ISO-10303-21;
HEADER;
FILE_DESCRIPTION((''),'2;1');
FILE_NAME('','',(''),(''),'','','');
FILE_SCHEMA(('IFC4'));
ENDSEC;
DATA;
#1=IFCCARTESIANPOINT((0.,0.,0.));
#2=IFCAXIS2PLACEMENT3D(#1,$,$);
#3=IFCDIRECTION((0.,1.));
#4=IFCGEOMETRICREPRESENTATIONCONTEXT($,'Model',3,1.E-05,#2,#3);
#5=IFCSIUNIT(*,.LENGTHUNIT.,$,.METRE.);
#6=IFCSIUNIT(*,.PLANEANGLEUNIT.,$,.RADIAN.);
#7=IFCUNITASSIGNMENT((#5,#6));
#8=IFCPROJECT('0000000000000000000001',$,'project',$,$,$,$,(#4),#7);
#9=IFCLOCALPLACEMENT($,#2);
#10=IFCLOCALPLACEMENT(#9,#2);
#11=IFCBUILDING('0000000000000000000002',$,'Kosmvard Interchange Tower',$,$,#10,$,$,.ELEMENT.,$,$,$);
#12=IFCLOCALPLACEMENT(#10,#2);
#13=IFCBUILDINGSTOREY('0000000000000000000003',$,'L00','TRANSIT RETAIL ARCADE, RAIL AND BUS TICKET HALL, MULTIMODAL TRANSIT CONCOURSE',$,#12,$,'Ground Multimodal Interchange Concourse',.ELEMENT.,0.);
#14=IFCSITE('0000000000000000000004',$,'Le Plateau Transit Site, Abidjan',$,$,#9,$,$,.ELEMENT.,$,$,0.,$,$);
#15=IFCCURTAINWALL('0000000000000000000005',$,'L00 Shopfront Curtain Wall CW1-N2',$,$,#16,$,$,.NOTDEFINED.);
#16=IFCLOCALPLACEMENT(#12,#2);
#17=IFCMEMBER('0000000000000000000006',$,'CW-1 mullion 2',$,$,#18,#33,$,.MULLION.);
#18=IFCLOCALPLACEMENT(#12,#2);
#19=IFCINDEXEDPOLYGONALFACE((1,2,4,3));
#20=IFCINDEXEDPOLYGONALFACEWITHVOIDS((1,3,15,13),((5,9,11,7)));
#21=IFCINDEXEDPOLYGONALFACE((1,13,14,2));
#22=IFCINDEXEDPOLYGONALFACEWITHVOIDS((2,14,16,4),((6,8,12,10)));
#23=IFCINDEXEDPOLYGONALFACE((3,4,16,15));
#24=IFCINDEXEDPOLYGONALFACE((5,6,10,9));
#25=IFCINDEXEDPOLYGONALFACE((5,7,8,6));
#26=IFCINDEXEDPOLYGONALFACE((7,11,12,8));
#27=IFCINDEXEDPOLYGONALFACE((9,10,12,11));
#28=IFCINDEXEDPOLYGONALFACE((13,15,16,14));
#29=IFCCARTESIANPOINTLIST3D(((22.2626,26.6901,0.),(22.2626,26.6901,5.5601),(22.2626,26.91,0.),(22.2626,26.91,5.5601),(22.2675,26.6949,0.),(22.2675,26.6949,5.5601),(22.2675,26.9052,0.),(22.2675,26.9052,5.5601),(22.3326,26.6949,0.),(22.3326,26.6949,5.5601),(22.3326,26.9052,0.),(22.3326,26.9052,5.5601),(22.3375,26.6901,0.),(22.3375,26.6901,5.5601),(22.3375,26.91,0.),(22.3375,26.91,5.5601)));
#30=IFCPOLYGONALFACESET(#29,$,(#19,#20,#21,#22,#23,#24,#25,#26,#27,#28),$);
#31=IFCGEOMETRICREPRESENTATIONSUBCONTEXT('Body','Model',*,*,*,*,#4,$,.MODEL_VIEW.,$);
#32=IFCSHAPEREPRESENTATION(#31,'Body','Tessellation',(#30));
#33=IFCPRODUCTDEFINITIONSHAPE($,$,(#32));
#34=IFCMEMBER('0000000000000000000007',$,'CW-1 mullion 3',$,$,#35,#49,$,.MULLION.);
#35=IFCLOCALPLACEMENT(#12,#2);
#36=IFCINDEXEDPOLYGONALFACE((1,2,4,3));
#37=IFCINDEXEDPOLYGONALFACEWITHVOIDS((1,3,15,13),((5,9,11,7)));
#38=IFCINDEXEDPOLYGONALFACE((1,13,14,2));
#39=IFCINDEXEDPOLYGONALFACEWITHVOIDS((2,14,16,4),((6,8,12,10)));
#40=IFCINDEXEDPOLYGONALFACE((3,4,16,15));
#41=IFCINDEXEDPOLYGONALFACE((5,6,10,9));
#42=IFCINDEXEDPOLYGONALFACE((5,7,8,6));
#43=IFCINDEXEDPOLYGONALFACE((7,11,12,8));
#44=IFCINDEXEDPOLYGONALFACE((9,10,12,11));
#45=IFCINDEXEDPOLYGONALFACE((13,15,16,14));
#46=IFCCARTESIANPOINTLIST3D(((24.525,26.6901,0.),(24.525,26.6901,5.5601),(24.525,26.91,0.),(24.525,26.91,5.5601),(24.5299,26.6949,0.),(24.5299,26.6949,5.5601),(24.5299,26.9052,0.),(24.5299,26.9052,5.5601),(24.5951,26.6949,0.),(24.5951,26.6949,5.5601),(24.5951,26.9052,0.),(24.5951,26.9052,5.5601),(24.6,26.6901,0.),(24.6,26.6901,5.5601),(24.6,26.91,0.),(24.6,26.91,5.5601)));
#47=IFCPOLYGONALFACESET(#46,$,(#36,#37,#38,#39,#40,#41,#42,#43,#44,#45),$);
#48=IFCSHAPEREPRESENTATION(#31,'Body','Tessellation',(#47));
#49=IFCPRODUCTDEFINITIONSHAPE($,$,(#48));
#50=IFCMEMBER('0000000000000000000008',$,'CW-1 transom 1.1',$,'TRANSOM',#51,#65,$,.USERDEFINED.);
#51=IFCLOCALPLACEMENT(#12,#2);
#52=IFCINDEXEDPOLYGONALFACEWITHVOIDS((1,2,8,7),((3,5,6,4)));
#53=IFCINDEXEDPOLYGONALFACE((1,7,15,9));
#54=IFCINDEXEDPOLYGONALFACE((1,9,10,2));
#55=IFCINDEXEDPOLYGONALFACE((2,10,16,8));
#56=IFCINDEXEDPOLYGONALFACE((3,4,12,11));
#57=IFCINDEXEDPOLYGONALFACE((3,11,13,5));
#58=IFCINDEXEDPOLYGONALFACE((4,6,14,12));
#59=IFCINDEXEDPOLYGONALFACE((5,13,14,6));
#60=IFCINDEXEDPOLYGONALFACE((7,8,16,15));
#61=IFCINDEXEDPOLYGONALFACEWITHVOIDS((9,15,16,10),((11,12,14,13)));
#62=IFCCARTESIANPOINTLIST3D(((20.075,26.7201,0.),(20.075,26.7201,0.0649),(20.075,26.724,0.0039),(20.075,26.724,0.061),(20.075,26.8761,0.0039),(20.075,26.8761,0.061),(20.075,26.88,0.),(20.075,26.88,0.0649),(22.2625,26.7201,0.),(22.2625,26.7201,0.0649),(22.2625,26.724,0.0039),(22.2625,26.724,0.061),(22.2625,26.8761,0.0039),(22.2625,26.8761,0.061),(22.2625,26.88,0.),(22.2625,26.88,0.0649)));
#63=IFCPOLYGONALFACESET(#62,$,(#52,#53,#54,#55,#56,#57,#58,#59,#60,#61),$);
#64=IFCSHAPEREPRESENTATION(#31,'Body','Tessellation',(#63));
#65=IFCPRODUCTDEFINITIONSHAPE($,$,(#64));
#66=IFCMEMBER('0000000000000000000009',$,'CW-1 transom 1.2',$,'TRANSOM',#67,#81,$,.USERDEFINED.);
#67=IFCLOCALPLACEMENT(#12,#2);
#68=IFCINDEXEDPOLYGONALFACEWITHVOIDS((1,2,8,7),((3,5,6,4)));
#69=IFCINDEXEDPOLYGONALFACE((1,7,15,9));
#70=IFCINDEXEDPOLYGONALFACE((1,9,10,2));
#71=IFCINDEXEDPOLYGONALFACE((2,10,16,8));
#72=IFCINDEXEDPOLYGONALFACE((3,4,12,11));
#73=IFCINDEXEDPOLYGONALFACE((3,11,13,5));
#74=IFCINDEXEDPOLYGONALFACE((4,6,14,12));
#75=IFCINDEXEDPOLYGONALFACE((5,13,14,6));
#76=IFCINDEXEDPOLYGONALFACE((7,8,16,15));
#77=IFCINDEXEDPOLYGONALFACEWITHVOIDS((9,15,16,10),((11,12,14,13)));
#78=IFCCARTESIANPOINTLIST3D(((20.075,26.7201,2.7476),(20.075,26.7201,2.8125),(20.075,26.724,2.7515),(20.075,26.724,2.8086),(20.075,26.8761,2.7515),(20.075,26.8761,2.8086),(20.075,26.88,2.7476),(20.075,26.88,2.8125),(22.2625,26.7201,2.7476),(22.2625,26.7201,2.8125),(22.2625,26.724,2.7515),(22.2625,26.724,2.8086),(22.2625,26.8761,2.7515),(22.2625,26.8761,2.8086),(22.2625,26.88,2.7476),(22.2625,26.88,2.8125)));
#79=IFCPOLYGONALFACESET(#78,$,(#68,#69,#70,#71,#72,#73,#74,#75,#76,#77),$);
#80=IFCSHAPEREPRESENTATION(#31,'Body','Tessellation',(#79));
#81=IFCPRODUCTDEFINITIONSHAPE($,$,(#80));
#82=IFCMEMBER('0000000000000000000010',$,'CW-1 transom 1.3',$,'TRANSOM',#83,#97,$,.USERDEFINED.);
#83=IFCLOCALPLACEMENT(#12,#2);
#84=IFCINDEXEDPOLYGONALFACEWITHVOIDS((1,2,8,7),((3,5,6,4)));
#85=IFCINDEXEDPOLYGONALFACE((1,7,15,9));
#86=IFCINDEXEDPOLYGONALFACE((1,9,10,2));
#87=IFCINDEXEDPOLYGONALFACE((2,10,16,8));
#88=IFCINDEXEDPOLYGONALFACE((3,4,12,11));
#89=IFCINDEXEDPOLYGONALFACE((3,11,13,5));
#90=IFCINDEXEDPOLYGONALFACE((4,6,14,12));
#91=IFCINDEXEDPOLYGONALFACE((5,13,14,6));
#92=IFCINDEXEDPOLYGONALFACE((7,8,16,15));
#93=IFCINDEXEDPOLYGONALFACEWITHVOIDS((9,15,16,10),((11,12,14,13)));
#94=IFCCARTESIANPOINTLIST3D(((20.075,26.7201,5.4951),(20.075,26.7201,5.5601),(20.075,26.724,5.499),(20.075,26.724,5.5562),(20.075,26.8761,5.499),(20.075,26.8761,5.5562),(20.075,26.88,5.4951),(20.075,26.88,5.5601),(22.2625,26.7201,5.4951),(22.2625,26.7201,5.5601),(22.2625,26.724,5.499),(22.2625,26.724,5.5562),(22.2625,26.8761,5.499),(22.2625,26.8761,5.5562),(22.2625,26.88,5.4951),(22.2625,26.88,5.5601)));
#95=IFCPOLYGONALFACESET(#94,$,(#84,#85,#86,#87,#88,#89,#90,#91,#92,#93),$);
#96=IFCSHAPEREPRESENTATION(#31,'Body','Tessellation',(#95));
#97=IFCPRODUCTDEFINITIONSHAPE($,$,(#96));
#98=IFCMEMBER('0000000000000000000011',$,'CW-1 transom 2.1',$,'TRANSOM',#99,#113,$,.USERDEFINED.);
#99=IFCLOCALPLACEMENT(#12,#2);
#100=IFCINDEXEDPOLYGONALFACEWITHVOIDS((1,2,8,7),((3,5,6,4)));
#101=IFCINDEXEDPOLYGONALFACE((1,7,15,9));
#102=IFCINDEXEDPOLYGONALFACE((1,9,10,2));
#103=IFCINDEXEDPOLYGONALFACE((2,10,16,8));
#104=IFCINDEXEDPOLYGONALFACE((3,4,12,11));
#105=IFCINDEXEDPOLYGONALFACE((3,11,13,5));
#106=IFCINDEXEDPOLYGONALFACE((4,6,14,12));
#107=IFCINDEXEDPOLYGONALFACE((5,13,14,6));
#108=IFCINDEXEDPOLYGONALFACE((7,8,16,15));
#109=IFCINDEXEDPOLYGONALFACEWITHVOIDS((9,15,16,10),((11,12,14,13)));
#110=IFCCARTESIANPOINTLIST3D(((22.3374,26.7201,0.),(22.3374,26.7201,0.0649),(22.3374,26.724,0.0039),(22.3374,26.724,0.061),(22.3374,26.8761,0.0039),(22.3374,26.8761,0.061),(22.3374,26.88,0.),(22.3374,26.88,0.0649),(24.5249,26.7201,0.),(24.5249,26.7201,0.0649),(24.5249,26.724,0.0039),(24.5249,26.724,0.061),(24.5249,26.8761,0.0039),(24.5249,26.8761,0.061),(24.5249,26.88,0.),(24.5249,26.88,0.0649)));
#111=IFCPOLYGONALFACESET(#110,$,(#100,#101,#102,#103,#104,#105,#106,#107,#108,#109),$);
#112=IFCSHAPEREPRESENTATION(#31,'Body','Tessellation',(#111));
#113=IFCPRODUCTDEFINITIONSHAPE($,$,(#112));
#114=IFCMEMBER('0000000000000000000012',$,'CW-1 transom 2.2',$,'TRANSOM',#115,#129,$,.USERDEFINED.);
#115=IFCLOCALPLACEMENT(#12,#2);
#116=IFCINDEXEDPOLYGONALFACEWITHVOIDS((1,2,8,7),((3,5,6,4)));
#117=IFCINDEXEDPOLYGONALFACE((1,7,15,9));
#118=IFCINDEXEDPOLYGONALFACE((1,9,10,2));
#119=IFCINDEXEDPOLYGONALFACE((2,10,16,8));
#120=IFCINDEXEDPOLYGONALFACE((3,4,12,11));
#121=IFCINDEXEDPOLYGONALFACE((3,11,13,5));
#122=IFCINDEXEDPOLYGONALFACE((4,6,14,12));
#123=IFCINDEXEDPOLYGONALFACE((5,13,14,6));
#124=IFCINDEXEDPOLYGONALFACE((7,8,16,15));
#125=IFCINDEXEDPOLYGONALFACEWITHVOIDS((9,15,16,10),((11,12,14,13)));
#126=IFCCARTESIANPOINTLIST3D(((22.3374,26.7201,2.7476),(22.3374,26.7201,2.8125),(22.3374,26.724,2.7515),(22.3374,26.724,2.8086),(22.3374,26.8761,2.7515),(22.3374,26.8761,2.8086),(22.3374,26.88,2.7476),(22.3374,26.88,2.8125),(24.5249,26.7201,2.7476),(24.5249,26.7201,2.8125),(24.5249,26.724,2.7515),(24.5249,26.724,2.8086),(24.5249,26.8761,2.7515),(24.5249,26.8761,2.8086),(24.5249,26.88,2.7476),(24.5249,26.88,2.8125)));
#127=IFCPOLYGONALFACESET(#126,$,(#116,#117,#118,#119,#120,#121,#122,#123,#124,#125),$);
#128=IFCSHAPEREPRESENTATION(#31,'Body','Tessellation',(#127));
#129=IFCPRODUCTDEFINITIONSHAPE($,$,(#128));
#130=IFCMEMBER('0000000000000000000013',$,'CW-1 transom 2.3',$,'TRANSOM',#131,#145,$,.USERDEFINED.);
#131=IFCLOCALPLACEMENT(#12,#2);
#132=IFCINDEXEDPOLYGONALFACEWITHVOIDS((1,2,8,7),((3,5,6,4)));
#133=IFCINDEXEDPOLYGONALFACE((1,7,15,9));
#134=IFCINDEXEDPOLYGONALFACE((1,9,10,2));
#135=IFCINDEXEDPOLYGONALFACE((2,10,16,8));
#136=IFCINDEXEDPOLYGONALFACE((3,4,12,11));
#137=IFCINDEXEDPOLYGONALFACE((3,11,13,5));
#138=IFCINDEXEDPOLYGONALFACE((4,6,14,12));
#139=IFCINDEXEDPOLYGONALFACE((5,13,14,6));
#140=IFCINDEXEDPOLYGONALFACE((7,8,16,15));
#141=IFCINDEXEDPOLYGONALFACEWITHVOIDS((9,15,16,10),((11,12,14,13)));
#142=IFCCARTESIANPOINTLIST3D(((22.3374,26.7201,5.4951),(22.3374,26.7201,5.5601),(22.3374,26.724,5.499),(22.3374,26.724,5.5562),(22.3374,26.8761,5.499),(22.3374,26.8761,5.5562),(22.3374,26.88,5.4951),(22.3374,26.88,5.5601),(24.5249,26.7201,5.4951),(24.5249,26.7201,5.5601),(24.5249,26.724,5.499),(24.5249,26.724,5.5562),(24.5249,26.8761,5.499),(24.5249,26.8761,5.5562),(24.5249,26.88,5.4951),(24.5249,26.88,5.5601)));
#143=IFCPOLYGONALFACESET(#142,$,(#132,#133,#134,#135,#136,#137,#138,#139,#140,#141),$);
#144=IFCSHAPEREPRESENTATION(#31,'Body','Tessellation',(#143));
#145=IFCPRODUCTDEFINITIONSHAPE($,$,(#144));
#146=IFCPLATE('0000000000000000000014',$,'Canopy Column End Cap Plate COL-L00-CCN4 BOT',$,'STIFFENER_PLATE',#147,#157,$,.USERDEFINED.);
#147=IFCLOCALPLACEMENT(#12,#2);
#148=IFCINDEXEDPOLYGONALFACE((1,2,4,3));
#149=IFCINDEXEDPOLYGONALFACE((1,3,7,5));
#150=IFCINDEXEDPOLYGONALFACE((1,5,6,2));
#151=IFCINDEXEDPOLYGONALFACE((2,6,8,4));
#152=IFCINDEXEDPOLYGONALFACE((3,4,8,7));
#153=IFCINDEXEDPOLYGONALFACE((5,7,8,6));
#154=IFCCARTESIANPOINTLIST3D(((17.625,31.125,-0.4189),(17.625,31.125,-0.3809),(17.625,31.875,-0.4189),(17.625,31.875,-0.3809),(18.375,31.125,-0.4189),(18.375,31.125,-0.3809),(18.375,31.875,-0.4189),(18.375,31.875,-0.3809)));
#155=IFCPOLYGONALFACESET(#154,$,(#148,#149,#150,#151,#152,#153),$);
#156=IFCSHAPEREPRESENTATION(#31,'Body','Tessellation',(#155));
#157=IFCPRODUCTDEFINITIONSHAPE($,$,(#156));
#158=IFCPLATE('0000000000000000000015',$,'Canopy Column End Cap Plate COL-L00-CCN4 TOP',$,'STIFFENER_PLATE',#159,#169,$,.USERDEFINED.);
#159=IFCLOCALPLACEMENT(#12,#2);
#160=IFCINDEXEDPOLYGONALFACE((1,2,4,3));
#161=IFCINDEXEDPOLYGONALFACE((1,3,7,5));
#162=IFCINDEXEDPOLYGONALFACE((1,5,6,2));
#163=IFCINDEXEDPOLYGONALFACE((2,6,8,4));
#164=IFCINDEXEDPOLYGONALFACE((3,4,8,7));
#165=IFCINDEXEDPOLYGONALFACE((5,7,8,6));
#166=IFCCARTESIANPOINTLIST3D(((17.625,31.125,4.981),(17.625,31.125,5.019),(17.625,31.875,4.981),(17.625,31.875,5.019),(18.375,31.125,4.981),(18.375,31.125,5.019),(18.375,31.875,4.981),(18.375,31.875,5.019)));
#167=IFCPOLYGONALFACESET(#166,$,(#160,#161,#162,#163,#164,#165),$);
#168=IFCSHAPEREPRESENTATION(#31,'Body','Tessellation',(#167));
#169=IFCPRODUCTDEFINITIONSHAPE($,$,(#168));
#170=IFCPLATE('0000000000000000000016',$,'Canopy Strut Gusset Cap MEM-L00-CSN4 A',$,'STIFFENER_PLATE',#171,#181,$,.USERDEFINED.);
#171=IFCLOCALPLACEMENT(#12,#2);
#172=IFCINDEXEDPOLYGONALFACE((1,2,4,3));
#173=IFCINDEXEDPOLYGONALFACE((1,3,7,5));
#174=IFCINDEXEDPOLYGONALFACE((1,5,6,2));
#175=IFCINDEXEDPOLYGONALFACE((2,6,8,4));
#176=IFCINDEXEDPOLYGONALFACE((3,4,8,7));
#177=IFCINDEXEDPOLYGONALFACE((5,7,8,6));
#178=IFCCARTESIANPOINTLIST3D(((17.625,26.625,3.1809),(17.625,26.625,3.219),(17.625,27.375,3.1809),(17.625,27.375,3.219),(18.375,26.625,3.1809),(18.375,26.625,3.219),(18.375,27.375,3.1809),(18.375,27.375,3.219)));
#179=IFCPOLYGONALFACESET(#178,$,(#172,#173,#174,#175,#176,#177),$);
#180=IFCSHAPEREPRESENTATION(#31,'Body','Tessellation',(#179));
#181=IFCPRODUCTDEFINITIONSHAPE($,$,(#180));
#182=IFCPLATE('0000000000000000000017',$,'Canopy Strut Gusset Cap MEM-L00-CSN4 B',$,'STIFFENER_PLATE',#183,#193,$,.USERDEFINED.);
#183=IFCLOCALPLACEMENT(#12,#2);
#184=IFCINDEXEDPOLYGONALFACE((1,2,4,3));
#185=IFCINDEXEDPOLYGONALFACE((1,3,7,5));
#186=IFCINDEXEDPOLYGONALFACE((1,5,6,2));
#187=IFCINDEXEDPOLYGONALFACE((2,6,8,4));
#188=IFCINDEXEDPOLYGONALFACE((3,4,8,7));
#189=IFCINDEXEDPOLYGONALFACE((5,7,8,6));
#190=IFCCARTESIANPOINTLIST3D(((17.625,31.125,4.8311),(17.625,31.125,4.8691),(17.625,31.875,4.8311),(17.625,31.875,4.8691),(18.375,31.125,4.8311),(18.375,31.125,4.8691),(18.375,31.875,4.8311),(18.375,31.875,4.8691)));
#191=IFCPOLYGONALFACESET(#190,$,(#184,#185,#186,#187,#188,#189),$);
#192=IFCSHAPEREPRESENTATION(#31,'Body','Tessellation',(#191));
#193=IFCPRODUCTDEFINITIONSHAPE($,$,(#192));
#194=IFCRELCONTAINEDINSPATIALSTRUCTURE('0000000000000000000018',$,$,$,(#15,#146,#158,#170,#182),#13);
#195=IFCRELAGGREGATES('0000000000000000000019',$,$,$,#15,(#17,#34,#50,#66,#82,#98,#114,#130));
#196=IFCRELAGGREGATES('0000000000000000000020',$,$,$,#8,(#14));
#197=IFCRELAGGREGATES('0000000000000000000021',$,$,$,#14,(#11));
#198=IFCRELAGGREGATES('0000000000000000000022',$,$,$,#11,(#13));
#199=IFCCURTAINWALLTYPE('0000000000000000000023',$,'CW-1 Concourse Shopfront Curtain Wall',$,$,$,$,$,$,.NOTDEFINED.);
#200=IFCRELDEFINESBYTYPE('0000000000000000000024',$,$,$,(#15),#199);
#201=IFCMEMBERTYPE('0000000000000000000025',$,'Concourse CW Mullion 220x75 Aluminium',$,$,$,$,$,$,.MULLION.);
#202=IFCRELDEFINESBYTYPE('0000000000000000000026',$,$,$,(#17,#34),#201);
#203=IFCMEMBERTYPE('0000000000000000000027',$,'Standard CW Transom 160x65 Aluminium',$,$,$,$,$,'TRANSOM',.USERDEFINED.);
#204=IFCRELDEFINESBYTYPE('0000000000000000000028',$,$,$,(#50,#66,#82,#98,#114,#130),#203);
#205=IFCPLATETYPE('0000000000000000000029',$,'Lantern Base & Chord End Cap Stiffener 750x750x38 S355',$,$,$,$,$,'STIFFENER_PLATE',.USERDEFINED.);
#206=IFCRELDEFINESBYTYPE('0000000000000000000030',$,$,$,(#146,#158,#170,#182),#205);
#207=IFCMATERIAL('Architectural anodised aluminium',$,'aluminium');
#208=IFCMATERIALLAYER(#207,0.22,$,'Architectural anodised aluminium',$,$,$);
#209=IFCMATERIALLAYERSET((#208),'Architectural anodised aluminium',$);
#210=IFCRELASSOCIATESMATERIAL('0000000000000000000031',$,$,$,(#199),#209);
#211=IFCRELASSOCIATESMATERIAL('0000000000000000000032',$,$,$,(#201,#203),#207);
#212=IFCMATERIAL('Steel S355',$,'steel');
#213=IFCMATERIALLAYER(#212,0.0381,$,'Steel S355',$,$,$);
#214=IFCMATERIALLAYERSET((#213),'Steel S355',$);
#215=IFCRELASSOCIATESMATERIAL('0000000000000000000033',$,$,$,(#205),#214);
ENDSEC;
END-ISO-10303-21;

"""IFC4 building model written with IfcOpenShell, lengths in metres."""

from ifc_helpers import new_model, si_unit, direction, frame, origin, origin_2d, place, context, subcontext, project, spatial, rectangle, hollow_rectangle, extrude, source, transform, mapped, material, layer, layer_set, material_profile, profile_set, type_object, element, aggregate, save


model = new_model("IFC4")

# Units and contexts
model_context = context("Model", 3, precision=1e-05, world=origin(), true_north=direction((0.0, 1.0)))
body_context = subcontext(model_context, "Body", "Model", "MODEL_VIEW")
ifc_project = project(units=[si_unit("LENGTHUNIT", "METRE"), si_unit("PLANEANGLEUNIT", "RADIAN")], contexts=[model_context])

# Site, building, storey
site_placement = place(None, origin())
site = spatial("IfcSite", under=ifc_project, at=site_placement, Name="Le Plateau Transit Site, Abidjan", CompositionType="ELEMENT", RefElevation=0.0)
building_placement = place(site_placement, origin())
building = spatial("IfcBuilding", under=site, at=building_placement, Name="Kosmvard Interchange Tower", CompositionType="ELEMENT")
storey_placement = place(building_placement, origin())
storey = spatial("IfcBuildingStorey", under=building, at=storey_placement, Name="L00", Description="TRANSIT RETAIL ARCADE, RAIL AND BUS TICKET HALL, MULTIMODAL TRANSIT CONCOURSE", LongName="Ground Multimodal Interchange Concourse", CompositionType="ELEMENT", Elevation=0.0)

# Shared definitions
ifc_material_1 = material(Name="Steel S355", Category="steel")

# Curtain wall, members
ifc_material_2 = material(Name="Architectural anodised aluminium", Category="aluminium")
ifc_layer_1 = layer(ifc_material_2, 0.22, Name="Architectural anodised aluminium")
ifc_layer_set_1 = layer_set([ifc_layer_1], Name="Architectural anodised aluminium")
curtain_wall_type = type_object("IfcCurtainWallType", Name="CW-1 Concourse Shopfront Curtain Wall", PredefinedType="NOTDEFINED", material=ifc_layer_set_1)
curtain_wall_placement = place(storey_placement, origin())
curtain_wall = element("IfcCurtainWall", 1, at=curtain_wall_placement, inside=storey, type_object=curtain_wall_type, Name="L00 Shopfront Curtain Wall CW1-N2", PredefinedType="NOTDEFINED")
ifc_material_profile_1 = material_profile(ifc_material_2, hollow_rectangle(XDim=0.22, YDim=0.075, WallThickness=0.0049, at=origin_2d()), Name="CWM 220x75x5")
ifc_profile_set_1 = profile_set([ifc_material_profile_1], Name="Architectural anodised aluminium")
member_type_1 = type_object("IfcMemberType", Name="Concourse CW Mullion 220x75 Aluminium", PredefinedType="MULLION", material=ifc_profile_set_1)
shared_shape_1 = source(origin(), body_context, "Body", "SweptSolid", [
    extrude(hollow_rectangle(XDim=0.22, YDim=0.075, WallThickness=0.0049, at=origin_2d()), origin(), (0.0, 0.0, 1.0), 5.5601),
])
member_1_placement = place(storey_placement, frame((22.3, 26.8, 0.0), z_axis=(0.0, 0.0, 1.0), x_axis=(0.0, 1.0, 0.0)))
member_1 = element("IfcMember", 2, at=member_1_placement, type_object=member_type_1, Name="CW-1 mullion 2", PredefinedType="MULLION", context=body_context, shape_type="MappedRepresentation", body=[
    mapped(shared_shape_1, transform((0.0, 0.0, 0.0), scale=1.0)),
])
member_2_placement = place(storey_placement, frame((24.5625, 26.8, 0.0), z_axis=(0.0, 0.0, 1.0), x_axis=(0.0, 1.0, 0.0)))
member_2 = element("IfcMember", 3, at=member_2_placement, type_object=member_type_1, Name="CW-1 mullion 3", PredefinedType="MULLION", context=body_context, shape_type="MappedRepresentation", body=[
    mapped(shared_shape_1, transform((0.0, 0.0, 0.0), scale=1.0)),
])
ifc_material_profile_2 = material_profile(ifc_material_2, hollow_rectangle(XDim=0.1599, YDim=0.0649, WallThickness=0.0039, at=origin_2d()), Name="CWT 160x65x4")
ifc_profile_set_2 = profile_set([ifc_material_profile_2], Name="Architectural anodised aluminium")
member_type_2 = type_object("IfcMemberType", Name="Standard CW Transom 160x65 Aluminium", ElementType="TRANSOM", PredefinedType="USERDEFINED", material=ifc_profile_set_2)
shared_shape_2 = source(origin(), body_context, "Body", "SweptSolid", [
    extrude(hollow_rectangle(XDim=0.1599, YDim=0.0649, WallThickness=0.0039, at=origin_2d()), origin(), (0.0, 0.0, 1.0), 2.1875),
])
member_3_placement = place(storey_placement, frame((20.075, 26.8, 0.0325), z_axis=(1.0, 0.0, 0.0), x_axis=(0.0, 1.0, 0.0)))
member_3 = element("IfcMember", 4, at=member_3_placement, type_object=member_type_2, Name="CW-1 transom 1.1", ObjectType="TRANSOM", PredefinedType="USERDEFINED", context=body_context, shape_type="MappedRepresentation", body=[
    mapped(shared_shape_2, transform((0.0, 0.0, 0.0), scale=1.0)),
])
member_4_placement = place(storey_placement, frame((20.075, 26.8, 2.78), z_axis=(1.0, 0.0, 0.0), x_axis=(0.0, 1.0, 0.0)))
member_4 = element("IfcMember", 5, at=member_4_placement, type_object=member_type_2, Name="CW-1 transom 1.2", ObjectType="TRANSOM", PredefinedType="USERDEFINED", context=body_context, shape_type="MappedRepresentation", body=[
    mapped(shared_shape_2, transform((0.0, 0.0, 0.0), scale=1.0)),
])
member_5_placement = place(storey_placement, frame((20.075, 26.8, 5.5276), z_axis=(1.0, 0.0, 0.0), x_axis=(0.0, 1.0, 0.0)))
member_5 = element("IfcMember", 6, at=member_5_placement, type_object=member_type_2, Name="CW-1 transom 1.3", ObjectType="TRANSOM", PredefinedType="USERDEFINED", context=body_context, shape_type="MappedRepresentation", body=[
    mapped(shared_shape_2, transform((0.0, 0.0, 0.0), scale=1.0)),
])
member_6_placement = place(storey_placement, frame((22.3374, 26.8, 0.0325), z_axis=(1.0, 0.0, 0.0), x_axis=(0.0, 1.0, 0.0)))
member_6 = element("IfcMember", 7, at=member_6_placement, type_object=member_type_2, Name="CW-1 transom 2.1", ObjectType="TRANSOM", PredefinedType="USERDEFINED", context=body_context, shape_type="MappedRepresentation", body=[
    mapped(shared_shape_2, transform((0.0, 0.0, 0.0), scale=1.0)),
])
member_7_placement = place(storey_placement, frame((22.3374, 26.8, 2.78), z_axis=(1.0, 0.0, 0.0), x_axis=(0.0, 1.0, 0.0)))
member_7 = element("IfcMember", 8, at=member_7_placement, type_object=member_type_2, Name="CW-1 transom 2.2", ObjectType="TRANSOM", PredefinedType="USERDEFINED", context=body_context, shape_type="MappedRepresentation", body=[
    mapped(shared_shape_2, transform((0.0, 0.0, 0.0), scale=1.0)),
])
member_8_placement = place(storey_placement, frame((22.3374, 26.8, 5.5276), z_axis=(1.0, 0.0, 0.0), x_axis=(0.0, 1.0, 0.0)))
member_8 = element("IfcMember", 9, at=member_8_placement, type_object=member_type_2, Name="CW-1 transom 2.3", ObjectType="TRANSOM", PredefinedType="USERDEFINED", context=body_context, shape_type="MappedRepresentation", body=[
    mapped(shared_shape_2, transform((0.0, 0.0, 0.0), scale=1.0)),
])

# Plates
ifc_layer_2 = layer(ifc_material_1, 0.0381, Name="Steel S355")
ifc_layer_set_2 = layer_set([ifc_layer_2], Name="Steel S355")
plate_type_1 = type_object("IfcPlateType", Name="Lantern Base & Chord End Cap Stiffener 750x750x38 S355", ElementType="STIFFENER_PLATE", PredefinedType="USERDEFINED", material=ifc_layer_set_2)
shared_shape_3 = source(origin(), body_context, "Body", "SweptSolid", [
    extrude(rectangle(XDim=0.75, YDim=0.75, at=origin_2d()), origin(), (0.0, 0.0, 1.0), 0.0381),
])
for number, where, z_axis, x_axis, name in (
    (10, (18.0, 31.5, -0.4189), (0.0, 0.0, 1.0), (1.0, 0.0, 0.0), "Canopy Column End Cap Plate COL-L00-CCN4 BOT"),
    (11, (18.0, 31.5, 4.981), (0.0, 0.0, 1.0), (1.0, 0.0, 0.0), "Canopy Column End Cap Plate COL-L00-CCN4 TOP"),
    (12, (18.0, 27.0, 3.1809), (0.0, 0.0, 1.0), (1.0, 0.0, 0.0), "Canopy Strut Gusset Cap MEM-L00-CSN4 A"),
    (13, (18.0, 31.5, 4.8311), (0.0, 0.0, 1.0), (1.0, 0.0, 0.0), "Canopy Strut Gusset Cap MEM-L00-CSN4 B"),
):
    element("IfcPlate", number, at=place(storey_placement, frame(where, z_axis=z_axis, x_axis=x_axis)), inside=storey, type_object=plate_type_1, Name=name, ObjectType="STIFFENER_PLATE", PredefinedType="USERDEFINED", context=body_context, shape_type="MappedRepresentation", body=[
        mapped(shared_shape_3, transform((0.0, 0.0, 0.0), scale=1.0)),
    ])

aggregate(curtain_wall, [member_1, member_2, member_3, member_4, member_5, member_6, member_7, member_8])

save(model, "model.ifc")
